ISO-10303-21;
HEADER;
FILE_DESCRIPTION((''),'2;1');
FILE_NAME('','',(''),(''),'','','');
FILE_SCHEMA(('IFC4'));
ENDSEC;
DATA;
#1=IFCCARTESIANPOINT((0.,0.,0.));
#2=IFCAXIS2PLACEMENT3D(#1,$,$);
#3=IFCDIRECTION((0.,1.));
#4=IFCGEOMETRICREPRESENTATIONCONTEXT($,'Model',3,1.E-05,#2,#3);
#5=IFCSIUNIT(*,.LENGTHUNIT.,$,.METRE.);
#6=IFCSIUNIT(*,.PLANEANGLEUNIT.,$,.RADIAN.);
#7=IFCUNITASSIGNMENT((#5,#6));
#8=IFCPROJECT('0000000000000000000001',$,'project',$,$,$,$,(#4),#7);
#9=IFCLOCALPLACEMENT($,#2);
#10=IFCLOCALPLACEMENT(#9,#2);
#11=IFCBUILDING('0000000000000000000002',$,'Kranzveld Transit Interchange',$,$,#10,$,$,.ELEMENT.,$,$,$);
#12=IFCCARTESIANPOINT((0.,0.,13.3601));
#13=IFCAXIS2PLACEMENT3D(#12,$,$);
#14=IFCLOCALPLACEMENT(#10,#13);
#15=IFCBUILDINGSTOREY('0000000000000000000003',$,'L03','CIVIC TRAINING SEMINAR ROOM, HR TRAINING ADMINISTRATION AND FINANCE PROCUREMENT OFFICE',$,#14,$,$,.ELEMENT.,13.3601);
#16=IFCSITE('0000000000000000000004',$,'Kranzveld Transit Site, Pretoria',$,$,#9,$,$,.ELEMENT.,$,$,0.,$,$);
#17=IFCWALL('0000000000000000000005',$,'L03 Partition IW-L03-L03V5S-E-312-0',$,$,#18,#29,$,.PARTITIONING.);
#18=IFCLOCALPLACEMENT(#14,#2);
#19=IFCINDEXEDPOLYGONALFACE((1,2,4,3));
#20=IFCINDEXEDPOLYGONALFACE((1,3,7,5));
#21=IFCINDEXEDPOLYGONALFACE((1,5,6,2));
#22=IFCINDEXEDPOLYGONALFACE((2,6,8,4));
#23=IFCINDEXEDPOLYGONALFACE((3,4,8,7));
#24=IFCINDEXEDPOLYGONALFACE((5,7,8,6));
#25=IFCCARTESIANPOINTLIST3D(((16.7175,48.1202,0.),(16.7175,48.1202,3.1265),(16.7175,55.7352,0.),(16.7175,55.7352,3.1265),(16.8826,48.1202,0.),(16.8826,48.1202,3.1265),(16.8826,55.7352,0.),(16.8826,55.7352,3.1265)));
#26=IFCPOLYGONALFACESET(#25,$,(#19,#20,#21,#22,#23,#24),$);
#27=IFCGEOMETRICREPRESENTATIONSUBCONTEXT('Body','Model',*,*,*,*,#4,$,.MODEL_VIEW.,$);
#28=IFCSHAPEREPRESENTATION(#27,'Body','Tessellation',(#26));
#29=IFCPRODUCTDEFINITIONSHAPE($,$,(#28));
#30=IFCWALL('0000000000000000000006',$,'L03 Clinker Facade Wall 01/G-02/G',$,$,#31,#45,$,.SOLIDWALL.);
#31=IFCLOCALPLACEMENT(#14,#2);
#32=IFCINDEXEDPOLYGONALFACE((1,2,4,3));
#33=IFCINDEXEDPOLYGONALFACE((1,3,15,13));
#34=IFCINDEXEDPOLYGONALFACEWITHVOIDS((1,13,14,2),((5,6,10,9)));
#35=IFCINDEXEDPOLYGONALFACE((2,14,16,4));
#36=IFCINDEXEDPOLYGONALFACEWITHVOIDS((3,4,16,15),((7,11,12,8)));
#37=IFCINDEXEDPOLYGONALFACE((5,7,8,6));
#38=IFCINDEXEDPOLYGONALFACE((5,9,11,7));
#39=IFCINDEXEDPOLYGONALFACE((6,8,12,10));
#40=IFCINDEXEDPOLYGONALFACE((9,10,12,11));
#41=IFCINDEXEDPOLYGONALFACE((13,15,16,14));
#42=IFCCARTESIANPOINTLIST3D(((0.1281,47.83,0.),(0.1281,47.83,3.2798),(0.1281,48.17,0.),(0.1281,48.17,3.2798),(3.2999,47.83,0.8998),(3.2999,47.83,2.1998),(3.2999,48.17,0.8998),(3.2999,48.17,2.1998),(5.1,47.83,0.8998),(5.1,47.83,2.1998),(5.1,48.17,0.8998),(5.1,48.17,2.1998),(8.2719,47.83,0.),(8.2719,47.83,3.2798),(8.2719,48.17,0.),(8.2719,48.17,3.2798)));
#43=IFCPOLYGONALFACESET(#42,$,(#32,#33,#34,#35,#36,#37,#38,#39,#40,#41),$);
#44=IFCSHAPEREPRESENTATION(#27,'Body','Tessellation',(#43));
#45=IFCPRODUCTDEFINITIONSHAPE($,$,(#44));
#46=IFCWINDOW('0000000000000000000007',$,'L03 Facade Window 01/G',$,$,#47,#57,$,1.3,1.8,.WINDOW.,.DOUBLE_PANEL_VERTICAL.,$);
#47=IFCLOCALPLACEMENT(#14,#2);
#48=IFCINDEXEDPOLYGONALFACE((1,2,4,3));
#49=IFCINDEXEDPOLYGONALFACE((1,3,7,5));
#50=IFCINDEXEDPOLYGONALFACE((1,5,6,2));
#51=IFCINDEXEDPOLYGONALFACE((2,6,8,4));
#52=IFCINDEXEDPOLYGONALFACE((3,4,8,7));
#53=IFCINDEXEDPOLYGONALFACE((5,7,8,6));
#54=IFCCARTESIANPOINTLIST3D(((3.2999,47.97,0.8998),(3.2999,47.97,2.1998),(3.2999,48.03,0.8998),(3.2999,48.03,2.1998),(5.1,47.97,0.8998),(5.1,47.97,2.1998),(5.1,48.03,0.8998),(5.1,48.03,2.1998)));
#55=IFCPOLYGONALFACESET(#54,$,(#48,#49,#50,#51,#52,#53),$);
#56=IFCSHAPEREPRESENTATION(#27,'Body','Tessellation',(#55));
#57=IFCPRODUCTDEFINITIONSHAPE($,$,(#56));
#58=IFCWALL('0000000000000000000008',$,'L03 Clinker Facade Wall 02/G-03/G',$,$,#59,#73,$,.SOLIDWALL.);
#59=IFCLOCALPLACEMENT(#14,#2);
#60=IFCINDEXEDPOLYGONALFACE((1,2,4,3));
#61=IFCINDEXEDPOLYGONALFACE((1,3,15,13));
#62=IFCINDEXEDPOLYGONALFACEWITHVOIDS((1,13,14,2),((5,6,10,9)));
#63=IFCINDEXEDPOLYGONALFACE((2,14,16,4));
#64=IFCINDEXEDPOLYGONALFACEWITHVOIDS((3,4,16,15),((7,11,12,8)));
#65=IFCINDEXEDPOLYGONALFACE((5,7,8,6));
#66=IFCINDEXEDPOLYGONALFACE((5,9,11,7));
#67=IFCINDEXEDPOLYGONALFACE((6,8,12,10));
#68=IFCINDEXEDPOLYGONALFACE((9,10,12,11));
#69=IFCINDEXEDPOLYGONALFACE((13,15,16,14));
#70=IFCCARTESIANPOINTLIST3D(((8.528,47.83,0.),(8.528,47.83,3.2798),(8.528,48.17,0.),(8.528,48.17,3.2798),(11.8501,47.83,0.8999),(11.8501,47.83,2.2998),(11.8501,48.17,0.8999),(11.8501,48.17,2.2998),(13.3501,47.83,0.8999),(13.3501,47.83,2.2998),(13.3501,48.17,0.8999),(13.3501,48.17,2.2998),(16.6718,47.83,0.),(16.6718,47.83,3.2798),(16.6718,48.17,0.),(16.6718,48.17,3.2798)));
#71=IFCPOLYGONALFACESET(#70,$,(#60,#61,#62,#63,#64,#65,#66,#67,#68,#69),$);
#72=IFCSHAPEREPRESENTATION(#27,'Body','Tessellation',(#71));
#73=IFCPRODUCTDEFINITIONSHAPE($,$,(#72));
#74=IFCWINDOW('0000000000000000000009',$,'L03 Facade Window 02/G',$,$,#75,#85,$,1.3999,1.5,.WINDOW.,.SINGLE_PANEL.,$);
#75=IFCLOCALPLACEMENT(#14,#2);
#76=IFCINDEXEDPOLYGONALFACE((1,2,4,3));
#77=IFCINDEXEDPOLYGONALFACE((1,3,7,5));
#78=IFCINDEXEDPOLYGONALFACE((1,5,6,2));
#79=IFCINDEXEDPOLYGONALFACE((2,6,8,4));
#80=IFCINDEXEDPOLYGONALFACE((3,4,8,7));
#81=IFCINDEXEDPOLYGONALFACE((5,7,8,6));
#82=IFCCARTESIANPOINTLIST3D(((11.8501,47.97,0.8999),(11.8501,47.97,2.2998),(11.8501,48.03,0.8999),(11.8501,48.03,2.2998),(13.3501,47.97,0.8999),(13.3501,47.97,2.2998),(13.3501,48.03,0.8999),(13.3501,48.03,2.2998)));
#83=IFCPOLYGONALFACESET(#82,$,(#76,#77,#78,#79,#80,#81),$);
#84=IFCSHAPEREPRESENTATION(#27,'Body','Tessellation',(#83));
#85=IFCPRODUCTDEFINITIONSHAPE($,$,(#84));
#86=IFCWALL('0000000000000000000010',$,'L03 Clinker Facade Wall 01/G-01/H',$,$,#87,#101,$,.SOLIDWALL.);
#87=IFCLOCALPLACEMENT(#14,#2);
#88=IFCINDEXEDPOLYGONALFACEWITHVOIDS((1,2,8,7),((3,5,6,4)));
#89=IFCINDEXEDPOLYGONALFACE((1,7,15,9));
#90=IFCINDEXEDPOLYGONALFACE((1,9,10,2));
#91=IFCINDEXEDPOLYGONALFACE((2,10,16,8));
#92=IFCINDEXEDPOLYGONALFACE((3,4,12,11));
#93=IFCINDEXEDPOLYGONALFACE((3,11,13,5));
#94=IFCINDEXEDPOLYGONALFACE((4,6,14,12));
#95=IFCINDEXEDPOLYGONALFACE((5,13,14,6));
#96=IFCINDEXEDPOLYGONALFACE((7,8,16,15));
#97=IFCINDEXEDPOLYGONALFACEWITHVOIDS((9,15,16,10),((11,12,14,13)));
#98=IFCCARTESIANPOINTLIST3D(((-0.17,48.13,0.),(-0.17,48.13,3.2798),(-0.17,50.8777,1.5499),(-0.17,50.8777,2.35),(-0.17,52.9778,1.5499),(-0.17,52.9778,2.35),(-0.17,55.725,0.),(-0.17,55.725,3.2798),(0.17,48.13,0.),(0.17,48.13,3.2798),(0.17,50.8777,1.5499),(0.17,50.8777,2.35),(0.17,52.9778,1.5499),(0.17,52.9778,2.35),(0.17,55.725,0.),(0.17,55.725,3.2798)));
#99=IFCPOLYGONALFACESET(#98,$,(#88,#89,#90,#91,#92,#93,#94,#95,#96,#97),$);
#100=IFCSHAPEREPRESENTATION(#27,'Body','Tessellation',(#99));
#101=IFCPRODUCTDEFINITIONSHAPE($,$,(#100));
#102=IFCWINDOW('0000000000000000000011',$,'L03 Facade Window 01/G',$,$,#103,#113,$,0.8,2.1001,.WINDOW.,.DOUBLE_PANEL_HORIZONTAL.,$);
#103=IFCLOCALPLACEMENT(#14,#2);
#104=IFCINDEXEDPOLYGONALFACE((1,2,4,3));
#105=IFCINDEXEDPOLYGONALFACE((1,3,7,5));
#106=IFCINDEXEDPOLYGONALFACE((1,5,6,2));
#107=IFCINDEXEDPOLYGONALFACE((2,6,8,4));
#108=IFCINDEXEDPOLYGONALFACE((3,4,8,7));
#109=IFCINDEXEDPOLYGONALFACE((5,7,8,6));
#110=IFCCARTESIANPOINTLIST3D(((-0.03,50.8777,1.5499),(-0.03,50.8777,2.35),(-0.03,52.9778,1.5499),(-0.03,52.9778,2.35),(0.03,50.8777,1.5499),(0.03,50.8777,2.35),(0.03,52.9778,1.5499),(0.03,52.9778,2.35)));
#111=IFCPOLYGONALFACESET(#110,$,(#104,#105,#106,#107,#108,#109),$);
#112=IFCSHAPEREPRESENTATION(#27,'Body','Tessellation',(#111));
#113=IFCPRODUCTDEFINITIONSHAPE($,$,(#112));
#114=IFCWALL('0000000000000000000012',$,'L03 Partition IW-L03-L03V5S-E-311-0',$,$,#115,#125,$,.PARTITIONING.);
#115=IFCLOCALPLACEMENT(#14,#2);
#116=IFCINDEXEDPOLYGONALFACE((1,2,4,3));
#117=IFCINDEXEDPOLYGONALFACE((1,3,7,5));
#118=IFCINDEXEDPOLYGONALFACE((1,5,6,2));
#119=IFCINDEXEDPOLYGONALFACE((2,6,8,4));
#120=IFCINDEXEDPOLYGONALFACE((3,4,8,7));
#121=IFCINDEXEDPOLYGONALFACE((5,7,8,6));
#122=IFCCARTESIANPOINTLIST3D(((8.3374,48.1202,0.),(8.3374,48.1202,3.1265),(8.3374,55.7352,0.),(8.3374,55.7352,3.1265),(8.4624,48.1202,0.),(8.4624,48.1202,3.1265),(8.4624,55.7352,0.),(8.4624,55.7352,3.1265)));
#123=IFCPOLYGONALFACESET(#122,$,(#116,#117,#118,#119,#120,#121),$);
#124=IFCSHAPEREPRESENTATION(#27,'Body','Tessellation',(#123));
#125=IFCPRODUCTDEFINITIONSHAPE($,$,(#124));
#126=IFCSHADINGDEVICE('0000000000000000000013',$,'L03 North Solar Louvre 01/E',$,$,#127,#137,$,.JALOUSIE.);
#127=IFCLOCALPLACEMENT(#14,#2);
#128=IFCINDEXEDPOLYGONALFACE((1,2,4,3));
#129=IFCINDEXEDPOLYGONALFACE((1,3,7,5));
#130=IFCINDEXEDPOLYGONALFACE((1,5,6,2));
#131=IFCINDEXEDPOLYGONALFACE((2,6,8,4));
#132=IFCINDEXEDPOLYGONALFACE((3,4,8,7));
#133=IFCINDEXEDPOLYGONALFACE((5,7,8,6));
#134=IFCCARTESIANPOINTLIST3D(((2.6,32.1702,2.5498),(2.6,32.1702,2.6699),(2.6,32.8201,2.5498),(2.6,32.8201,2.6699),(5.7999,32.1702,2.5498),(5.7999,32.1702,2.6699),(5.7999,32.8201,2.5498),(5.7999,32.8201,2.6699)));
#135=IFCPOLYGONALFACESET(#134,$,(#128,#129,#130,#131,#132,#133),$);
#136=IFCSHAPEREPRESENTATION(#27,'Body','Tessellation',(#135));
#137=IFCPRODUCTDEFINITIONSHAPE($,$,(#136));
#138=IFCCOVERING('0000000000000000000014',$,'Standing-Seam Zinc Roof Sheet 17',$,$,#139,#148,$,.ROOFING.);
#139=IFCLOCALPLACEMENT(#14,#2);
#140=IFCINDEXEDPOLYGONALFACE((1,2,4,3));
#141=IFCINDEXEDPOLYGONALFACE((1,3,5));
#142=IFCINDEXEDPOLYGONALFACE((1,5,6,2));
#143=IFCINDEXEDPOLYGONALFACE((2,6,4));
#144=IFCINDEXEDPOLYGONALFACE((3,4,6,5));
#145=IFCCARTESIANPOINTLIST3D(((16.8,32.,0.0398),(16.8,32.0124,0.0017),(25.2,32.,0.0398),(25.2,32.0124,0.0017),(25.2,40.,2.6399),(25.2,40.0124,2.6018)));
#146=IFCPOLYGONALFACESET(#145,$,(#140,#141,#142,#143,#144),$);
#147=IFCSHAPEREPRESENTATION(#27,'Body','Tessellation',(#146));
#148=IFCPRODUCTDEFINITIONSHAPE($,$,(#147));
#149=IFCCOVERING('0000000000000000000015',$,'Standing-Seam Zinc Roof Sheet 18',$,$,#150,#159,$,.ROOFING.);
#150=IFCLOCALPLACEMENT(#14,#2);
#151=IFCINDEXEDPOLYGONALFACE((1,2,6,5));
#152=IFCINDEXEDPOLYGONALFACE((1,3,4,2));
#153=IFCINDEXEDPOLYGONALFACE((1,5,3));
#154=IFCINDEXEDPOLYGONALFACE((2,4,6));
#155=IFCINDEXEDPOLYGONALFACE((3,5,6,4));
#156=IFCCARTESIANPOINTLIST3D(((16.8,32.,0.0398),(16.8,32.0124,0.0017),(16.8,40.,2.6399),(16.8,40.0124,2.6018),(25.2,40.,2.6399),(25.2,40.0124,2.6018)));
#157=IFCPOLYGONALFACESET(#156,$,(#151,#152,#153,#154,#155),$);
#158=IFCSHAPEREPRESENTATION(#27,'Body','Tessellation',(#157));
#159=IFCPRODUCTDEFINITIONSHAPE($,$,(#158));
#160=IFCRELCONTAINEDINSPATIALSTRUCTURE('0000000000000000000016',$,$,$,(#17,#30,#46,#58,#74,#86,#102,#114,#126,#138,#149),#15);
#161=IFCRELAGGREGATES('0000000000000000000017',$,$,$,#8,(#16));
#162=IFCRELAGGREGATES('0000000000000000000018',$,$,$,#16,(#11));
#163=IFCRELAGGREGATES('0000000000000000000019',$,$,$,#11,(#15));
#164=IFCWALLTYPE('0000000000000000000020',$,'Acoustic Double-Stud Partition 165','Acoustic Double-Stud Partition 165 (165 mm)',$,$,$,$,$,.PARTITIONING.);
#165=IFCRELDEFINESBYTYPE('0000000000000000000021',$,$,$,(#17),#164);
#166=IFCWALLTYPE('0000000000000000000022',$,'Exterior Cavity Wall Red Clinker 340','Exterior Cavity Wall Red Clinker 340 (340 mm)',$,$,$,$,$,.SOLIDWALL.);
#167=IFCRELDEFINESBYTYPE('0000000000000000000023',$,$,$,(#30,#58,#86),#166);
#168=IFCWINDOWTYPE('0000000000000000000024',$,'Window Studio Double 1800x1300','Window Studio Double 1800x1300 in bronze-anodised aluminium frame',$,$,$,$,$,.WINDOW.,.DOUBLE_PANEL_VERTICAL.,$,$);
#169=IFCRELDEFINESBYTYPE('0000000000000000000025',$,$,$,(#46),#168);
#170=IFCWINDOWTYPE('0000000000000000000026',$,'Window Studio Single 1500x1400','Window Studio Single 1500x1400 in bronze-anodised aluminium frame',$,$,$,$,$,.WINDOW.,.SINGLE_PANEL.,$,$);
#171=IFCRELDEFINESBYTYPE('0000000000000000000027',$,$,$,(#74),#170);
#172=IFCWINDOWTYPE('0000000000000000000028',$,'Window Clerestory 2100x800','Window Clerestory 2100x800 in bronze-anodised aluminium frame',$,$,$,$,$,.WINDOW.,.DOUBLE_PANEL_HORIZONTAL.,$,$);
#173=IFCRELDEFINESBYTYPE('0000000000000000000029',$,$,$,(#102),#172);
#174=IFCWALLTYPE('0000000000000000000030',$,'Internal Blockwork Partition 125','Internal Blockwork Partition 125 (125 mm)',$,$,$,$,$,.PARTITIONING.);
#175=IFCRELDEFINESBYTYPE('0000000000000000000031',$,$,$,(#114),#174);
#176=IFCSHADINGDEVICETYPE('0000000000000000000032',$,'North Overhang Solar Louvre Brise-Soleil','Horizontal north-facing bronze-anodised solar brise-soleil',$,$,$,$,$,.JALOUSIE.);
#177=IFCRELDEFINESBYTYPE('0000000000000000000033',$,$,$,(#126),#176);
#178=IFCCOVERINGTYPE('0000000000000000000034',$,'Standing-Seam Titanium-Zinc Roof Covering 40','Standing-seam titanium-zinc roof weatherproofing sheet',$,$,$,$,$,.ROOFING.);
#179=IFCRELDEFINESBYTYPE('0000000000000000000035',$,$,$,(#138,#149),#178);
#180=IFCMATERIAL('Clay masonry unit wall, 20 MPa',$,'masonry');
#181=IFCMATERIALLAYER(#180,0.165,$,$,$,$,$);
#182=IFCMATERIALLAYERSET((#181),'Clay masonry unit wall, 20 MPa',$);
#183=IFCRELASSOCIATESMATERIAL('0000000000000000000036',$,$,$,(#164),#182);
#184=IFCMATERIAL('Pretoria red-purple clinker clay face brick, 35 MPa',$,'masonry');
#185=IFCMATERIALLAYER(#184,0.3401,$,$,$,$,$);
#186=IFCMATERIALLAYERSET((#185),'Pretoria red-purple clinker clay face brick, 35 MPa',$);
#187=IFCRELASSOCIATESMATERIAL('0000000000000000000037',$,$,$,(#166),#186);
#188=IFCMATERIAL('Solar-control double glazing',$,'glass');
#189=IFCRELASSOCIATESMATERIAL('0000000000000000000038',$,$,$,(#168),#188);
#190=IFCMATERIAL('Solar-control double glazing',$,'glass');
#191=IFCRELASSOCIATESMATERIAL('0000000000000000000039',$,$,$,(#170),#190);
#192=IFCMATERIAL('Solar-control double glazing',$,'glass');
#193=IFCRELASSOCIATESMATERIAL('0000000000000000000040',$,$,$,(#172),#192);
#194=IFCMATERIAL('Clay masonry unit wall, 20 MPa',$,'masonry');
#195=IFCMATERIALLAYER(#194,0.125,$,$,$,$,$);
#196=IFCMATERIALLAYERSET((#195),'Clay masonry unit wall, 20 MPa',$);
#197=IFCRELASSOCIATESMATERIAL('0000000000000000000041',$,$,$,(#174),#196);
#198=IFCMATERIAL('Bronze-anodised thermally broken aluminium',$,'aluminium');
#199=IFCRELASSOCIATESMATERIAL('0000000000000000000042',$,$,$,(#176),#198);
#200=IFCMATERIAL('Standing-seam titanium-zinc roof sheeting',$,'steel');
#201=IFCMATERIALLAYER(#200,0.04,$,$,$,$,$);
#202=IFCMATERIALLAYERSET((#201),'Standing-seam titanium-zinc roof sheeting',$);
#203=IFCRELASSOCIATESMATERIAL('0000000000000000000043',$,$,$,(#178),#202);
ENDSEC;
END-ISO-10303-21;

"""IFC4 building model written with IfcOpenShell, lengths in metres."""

from ifc_helpers import new_model, si_unit, direction, frame, frame_2d, origin, origin_2d, place, context, subcontext, project, spatial, polyline, rectangle, outline, extrude, material, layer, layer_set, type_object, element, fill, save


model = new_model("IFC4")

# Units and contexts
model_context = context("Model", 3, precision=1e-05, world=origin(), true_north=direction((0.0, 1.0)))
body_context = subcontext(model_context, "Body", "Model", "MODEL_VIEW")
ifc_project = project(units=[si_unit("LENGTHUNIT", "METRE"), si_unit("PLANEANGLEUNIT", "RADIAN")], contexts=[model_context])

# Site, building, storey
site_placement = place(None, origin())
site = spatial("IfcSite", under=ifc_project, at=site_placement, Name="Kranzveld Transit Site, Pretoria", CompositionType="ELEMENT", RefElevation=0.0)
building_placement = place(site_placement, origin())
building = spatial("IfcBuilding", under=site, at=building_placement, Name="Kranzveld Transit Interchange", CompositionType="ELEMENT")
storey_placement = place(building_placement, frame((0.0, 0.0, 13.3601)))
storey = spatial("IfcBuildingStorey", under=building, at=storey_placement, Name="L03", Description="CIVIC TRAINING SEMINAR ROOM, HR TRAINING ADMINISTRATION AND FINANCE PROCUREMENT OFFICE", CompositionType="ELEMENT", Elevation=13.3601)

# Wall
ifc_material_1 = material(Name="Clay masonry unit wall, 20 MPa", Category="masonry")
ifc_layer_1 = layer(ifc_material_1, 0.165)
ifc_layer_set_1 = layer_set([ifc_layer_1], Name="Clay masonry unit wall, 20 MPa")
wall_type_1 = type_object("IfcWallType", Name="Acoustic Double-Stud Partition 165", Description="Acoustic Double-Stud Partition 165 (165 mm)", PredefinedType="PARTITIONING", material=ifc_layer_set_1)
wall_1_placement = place(storey_placement, frame((16.8, 48.1201, 0.0), z_axis=(0.0, 0.0, 1.0), x_axis=(0.0, 1.0, 0.0)))
element("IfcWall", 1, at=wall_1_placement, inside=storey, type_object=wall_type_1, Name="L03 Partition IW-L03-L03V5S-E-312-0", PredefinedType="PARTITIONING", context=body_context, shape_type="SweptSolid", body=[
    extrude(rectangle(XDim=7.615, YDim=0.165, at=frame_2d((3.8076, 0.0))), origin(), (0.0, 0.0, 1.0), 3.1265),
])

# Walls, openings, windows
ifc_material_2 = material(Name="Pretoria red-purple clinker clay face brick, 35 MPa", Category="masonry")
ifc_layer_2 = layer(ifc_material_2, 0.3401)
ifc_layer_set_2 = layer_set([ifc_layer_2], Name="Pretoria red-purple clinker clay face brick, 35 MPa")
wall_type_2 = type_object("IfcWallType", Name="Exterior Cavity Wall Red Clinker 340", Description="Exterior Cavity Wall Red Clinker 340 (340 mm)", PredefinedType="SOLIDWALL", material=ifc_layer_set_2)
wall_2_placement = place(storey_placement, frame((0.1282, 48.0, 0.0), z_axis=(0.0, 0.0, 1.0), x_axis=(1.0, 0.0, 0.0)))
wall_2 = element("IfcWall", 2, at=wall_2_placement, inside=storey, type_object=wall_type_2, Name="L03 Clinker Facade Wall 01/G-02/G", PredefinedType="SOLIDWALL", context=body_context, shape_type="SweptSolid", body=[
    extrude(rectangle(XDim=8.1438, YDim=0.3401, at=frame_2d((4.0718, 0.0))), origin(), (0.0, 0.0, 1.0), 3.2798),
])
opening_1_placement = place(wall_2_placement, frame((3.1719, 0.0, 0.8999), z_axis=(0.0, 0.0, 1.0), x_axis=(1.0, 0.0, 0.0)))
opening_1 = element("IfcOpeningElement", 3, at=opening_1_placement, cuts=wall_2, PredefinedType="OPENING", context=body_context, shape_type="SweptSolid", body=[
    extrude(rectangle(XDim=1.8, YDim=1.3, at=frame_2d((0.8999, 0.6499))), frame((0.0, 0.1799, 0.0), z_axis=(0.0, -1.0, 0.0), x_axis=(1.0, 0.0, 0.0)), (0.0, 0.0, 1.0), 0.3601),
])
ifc_material_3 = material(Name="Solar-control double glazing", Category="glass")
window_type_1 = type_object("IfcWindowType", Name="Window Studio Double 1800x1300", Description="Window Studio Double 1800x1300 in bronze-anodised aluminium frame", PartitioningType="DOUBLE_PANEL_VERTICAL", PredefinedType="WINDOW", material=ifc_material_3)
window_1_placement = place(opening_1_placement, origin())
window_1 = element("IfcWindow", 4, at=window_1_placement, inside=storey, type_object=window_type_1, Name="L03 Facade Window 01/G", OverallHeight=1.3, OverallWidth=1.8, PartitioningType="DOUBLE_PANEL_VERTICAL", PredefinedType="WINDOW", context=body_context, shape_type="SweptSolid", body=[
    extrude(rectangle(XDim=1.8, YDim=1.3, at=frame_2d((0.8999, 0.6499))), frame((0.0, 0.03, 0.0), z_axis=(0.0, -1.0, 0.0), x_axis=(1.0, 0.0, 0.0)), (0.0, 0.0, 1.0), 0.0601),
])
fill(opening_1, window_1)
wall_3_placement = place(storey_placement, frame((8.5281, 48.0, 0.0), z_axis=(0.0, 0.0, 1.0), x_axis=(1.0, 0.0, 0.0)))
wall_3 = element("IfcWall", 5, at=wall_3_placement, inside=storey, type_object=wall_type_2, Name="L03 Clinker Facade Wall 02/G-03/G", PredefinedType="SOLIDWALL", context=body_context, shape_type="SweptSolid", body=[
    extrude(rectangle(XDim=8.1438, YDim=0.3401, at=frame_2d((4.0718, 0.0))), origin(), (0.0, 0.0, 1.0), 3.2798),
])
opening_2_placement = place(wall_3_placement, frame((3.322, 0.0, 0.8999), z_axis=(0.0, 0.0, 1.0), x_axis=(1.0, 0.0, 0.0)))
opening_2 = element("IfcOpeningElement", 6, at=opening_2_placement, cuts=wall_3, PredefinedType="OPENING", context=body_context, shape_type="SweptSolid", body=[
    extrude(rectangle(XDim=1.5, YDim=1.3999, at=frame_2d((0.75, 0.7))), frame((0.0, 0.1799, 0.0), z_axis=(0.0, -1.0, 0.0), x_axis=(1.0, 0.0, 0.0)), (0.0, 0.0, 1.0), 0.3601),
])
ifc_material_4 = material(Name="Solar-control double glazing", Category="glass")
window_type_2 = type_object("IfcWindowType", Name="Window Studio Single 1500x1400", Description="Window Studio Single 1500x1400 in bronze-anodised aluminium frame", PartitioningType="SINGLE_PANEL", PredefinedType="WINDOW", material=ifc_material_4)
window_2_placement = place(opening_2_placement, origin())
window_2 = element("IfcWindow", 7, at=window_2_placement, inside=storey, type_object=window_type_2, Name="L03 Facade Window 02/G", OverallHeight=1.3999, OverallWidth=1.5, PartitioningType="SINGLE_PANEL", PredefinedType="WINDOW", context=body_context, shape_type="SweptSolid", body=[
    extrude(rectangle(XDim=1.5, YDim=1.3999, at=frame_2d((0.75, 0.7))), frame((0.0, 0.03, 0.0), z_axis=(0.0, -1.0, 0.0), x_axis=(1.0, 0.0, 0.0)), (0.0, 0.0, 1.0), 0.0601),
])
fill(opening_2, window_2)
wall_4_placement = place(storey_placement, frame((0.0, 48.1301, 0.0), z_axis=(0.0, 0.0, 1.0), x_axis=(0.0, 1.0, 0.0)))
wall_4 = element("IfcWall", 8, at=wall_4_placement, inside=storey, type_object=wall_type_2, Name="L03 Clinker Facade Wall 01/G-01/H", PredefinedType="SOLIDWALL", context=body_context, shape_type="SweptSolid", body=[
    extrude(rectangle(XDim=7.595, YDim=0.3401, at=frame_2d((3.7974, 0.0))), origin(), (0.0, 0.0, 1.0), 3.2798),
])
opening_3_placement = place(wall_4_placement, frame((2.7476, 0.0, 1.55), z_axis=(0.0, 0.0, 1.0), x_axis=(1.0, 0.0, 0.0)))
opening_3 = element("IfcOpeningElement", 9, at=opening_3_placement, cuts=wall_4, PredefinedType="OPENING", context=body_context, shape_type="SweptSolid", body=[
    extrude(rectangle(XDim=2.1001, YDim=0.8, at=frame_2d((1.05, 0.3999))), frame((0.0, 0.1799, 0.0), z_axis=(0.0, -1.0, 0.0), x_axis=(1.0, 0.0, 0.0)), (0.0, 0.0, 1.0), 0.3601),
])
ifc_material_5 = material(Name="Solar-control double glazing", Category="glass")
window_type_3 = type_object("IfcWindowType", Name="Window Clerestory 2100x800", Description="Window Clerestory 2100x800 in bronze-anodised aluminium frame", PartitioningType="DOUBLE_PANEL_HORIZONTAL", PredefinedType="WINDOW", material=ifc_material_5)
window_3_placement = place(opening_3_placement, origin())
window_3 = element("IfcWindow", 10, at=window_3_placement, inside=storey, type_object=window_type_3, Name="L03 Facade Window 01/G", OverallHeight=0.8, OverallWidth=2.1001, PartitioningType="DOUBLE_PANEL_HORIZONTAL", PredefinedType="WINDOW", context=body_context, shape_type="SweptSolid", body=[
    extrude(rectangle(XDim=2.1001, YDim=0.8, at=frame_2d((1.05, 0.3999))), frame((0.0, 0.03, 0.0), z_axis=(0.0, -1.0, 0.0), x_axis=(1.0, 0.0, 0.0)), (0.0, 0.0, 1.0), 0.0601),
])
fill(opening_3, window_3)

# Wall
ifc_material_6 = material(Name="Clay masonry unit wall, 20 MPa", Category="masonry")
ifc_layer_3 = layer(ifc_material_6, 0.125)
ifc_layer_set_3 = layer_set([ifc_layer_3], Name="Clay masonry unit wall, 20 MPa")
wall_type_3 = type_object("IfcWallType", Name="Internal Blockwork Partition 125", Description="Internal Blockwork Partition 125 (125 mm)", PredefinedType="PARTITIONING", material=ifc_layer_set_3)
wall_5_placement = place(storey_placement, frame((8.3999, 48.1201, 0.0), z_axis=(0.0, 0.0, 1.0), x_axis=(0.0, 1.0, 0.0)))
element("IfcWall", 11, at=wall_5_placement, inside=storey, type_object=wall_type_3, Name="L03 Partition IW-L03-L03V5S-E-311-0", PredefinedType="PARTITIONING", context=body_context, shape_type="SweptSolid", body=[
    extrude(rectangle(XDim=7.615, YDim=0.125, at=frame_2d((3.8076, 0.0))), origin(), (0.0, 0.0, 1.0), 3.1265),
])

# Shading device
ifc_material_7 = material(Name="Bronze-anodised thermally broken aluminium", Category="aluminium")
shading_device_type = type_object("IfcShadingDeviceType", Name="North Overhang Solar Louvre Brise-Soleil", Description="Horizontal north-facing bronze-anodised solar brise-soleil", PredefinedType="JALOUSIE", material=ifc_material_7)
shading_device_placement = place(storey_placement, frame((4.2, 32.4951, 2.5498), z_axis=(0.0, 0.0, 1.0), x_axis=(1.0, 0.0, 0.0)))
element("IfcShadingDevice", 12, at=shading_device_placement, inside=storey, type_object=shading_device_type, Name="L03 North Solar Louvre 01/E", PredefinedType="JALOUSIE", context=body_context, shape_type="SweptSolid", body=[
    extrude(rectangle(XDim=3.2, YDim=0.6499, at=origin_2d()), origin(), (0.0, 0.0, 1.0), 0.1201),
])

# Coverings
ifc_material_8 = material(Name="Standing-seam titanium-zinc roof sheeting", Category="steel")
ifc_layer_4 = layer(ifc_material_8, 0.04)
ifc_layer_set_4 = layer_set([ifc_layer_4], Name="Standing-seam titanium-zinc roof sheeting")
covering_type = type_object("IfcCoveringType", Name="Standing-Seam Titanium-Zinc Roof Covering 40", Description="Standing-seam titanium-zinc roof weatherproofing sheet", PredefinedType="ROOFING", material=ifc_layer_set_4)
covering_1_placement = place(storey_placement, frame((16.8, 32.0, 0.0398), z_axis=(0.0, -0.309097, 0.951031), x_axis=(1.0, 0.0, 0.0)))
element("IfcCovering", 13, at=covering_1_placement, inside=storey, type_object=covering_type, Name="Standing-Seam Zinc Roof Sheet 17", PredefinedType="ROOFING", context=body_context, shape_type="SweptSolid", body=[
    extrude(outline(polyline([(0.0, 0.0), (8.3999, 0.0), (8.3999, 8.4119), (0.0, 0.0)])), origin(), (0.0, 0.0, -1.0), 0.04),
])
covering_2_placement = place(storey_placement, frame((16.8, 32.0, 0.0398), z_axis=(0.0, -0.309097, 0.951031), x_axis=(0.706601, 0.672961, 0.218721)))
element("IfcCovering", 14, at=covering_2_placement, inside=storey, type_object=covering_type, Name="Standing-Seam Zinc Roof Sheet 18", PredefinedType="ROOFING", context=body_context, shape_type="SweptSolid", body=[
    extrude(outline(polyline([(0.0, 0.0), (11.8878, 0.0), (5.9524, 5.9439), (0.0, 0.0)])), origin(), (0.0, 0.0, -1.0), 0.04),
])

save(model, "model.ifc")
